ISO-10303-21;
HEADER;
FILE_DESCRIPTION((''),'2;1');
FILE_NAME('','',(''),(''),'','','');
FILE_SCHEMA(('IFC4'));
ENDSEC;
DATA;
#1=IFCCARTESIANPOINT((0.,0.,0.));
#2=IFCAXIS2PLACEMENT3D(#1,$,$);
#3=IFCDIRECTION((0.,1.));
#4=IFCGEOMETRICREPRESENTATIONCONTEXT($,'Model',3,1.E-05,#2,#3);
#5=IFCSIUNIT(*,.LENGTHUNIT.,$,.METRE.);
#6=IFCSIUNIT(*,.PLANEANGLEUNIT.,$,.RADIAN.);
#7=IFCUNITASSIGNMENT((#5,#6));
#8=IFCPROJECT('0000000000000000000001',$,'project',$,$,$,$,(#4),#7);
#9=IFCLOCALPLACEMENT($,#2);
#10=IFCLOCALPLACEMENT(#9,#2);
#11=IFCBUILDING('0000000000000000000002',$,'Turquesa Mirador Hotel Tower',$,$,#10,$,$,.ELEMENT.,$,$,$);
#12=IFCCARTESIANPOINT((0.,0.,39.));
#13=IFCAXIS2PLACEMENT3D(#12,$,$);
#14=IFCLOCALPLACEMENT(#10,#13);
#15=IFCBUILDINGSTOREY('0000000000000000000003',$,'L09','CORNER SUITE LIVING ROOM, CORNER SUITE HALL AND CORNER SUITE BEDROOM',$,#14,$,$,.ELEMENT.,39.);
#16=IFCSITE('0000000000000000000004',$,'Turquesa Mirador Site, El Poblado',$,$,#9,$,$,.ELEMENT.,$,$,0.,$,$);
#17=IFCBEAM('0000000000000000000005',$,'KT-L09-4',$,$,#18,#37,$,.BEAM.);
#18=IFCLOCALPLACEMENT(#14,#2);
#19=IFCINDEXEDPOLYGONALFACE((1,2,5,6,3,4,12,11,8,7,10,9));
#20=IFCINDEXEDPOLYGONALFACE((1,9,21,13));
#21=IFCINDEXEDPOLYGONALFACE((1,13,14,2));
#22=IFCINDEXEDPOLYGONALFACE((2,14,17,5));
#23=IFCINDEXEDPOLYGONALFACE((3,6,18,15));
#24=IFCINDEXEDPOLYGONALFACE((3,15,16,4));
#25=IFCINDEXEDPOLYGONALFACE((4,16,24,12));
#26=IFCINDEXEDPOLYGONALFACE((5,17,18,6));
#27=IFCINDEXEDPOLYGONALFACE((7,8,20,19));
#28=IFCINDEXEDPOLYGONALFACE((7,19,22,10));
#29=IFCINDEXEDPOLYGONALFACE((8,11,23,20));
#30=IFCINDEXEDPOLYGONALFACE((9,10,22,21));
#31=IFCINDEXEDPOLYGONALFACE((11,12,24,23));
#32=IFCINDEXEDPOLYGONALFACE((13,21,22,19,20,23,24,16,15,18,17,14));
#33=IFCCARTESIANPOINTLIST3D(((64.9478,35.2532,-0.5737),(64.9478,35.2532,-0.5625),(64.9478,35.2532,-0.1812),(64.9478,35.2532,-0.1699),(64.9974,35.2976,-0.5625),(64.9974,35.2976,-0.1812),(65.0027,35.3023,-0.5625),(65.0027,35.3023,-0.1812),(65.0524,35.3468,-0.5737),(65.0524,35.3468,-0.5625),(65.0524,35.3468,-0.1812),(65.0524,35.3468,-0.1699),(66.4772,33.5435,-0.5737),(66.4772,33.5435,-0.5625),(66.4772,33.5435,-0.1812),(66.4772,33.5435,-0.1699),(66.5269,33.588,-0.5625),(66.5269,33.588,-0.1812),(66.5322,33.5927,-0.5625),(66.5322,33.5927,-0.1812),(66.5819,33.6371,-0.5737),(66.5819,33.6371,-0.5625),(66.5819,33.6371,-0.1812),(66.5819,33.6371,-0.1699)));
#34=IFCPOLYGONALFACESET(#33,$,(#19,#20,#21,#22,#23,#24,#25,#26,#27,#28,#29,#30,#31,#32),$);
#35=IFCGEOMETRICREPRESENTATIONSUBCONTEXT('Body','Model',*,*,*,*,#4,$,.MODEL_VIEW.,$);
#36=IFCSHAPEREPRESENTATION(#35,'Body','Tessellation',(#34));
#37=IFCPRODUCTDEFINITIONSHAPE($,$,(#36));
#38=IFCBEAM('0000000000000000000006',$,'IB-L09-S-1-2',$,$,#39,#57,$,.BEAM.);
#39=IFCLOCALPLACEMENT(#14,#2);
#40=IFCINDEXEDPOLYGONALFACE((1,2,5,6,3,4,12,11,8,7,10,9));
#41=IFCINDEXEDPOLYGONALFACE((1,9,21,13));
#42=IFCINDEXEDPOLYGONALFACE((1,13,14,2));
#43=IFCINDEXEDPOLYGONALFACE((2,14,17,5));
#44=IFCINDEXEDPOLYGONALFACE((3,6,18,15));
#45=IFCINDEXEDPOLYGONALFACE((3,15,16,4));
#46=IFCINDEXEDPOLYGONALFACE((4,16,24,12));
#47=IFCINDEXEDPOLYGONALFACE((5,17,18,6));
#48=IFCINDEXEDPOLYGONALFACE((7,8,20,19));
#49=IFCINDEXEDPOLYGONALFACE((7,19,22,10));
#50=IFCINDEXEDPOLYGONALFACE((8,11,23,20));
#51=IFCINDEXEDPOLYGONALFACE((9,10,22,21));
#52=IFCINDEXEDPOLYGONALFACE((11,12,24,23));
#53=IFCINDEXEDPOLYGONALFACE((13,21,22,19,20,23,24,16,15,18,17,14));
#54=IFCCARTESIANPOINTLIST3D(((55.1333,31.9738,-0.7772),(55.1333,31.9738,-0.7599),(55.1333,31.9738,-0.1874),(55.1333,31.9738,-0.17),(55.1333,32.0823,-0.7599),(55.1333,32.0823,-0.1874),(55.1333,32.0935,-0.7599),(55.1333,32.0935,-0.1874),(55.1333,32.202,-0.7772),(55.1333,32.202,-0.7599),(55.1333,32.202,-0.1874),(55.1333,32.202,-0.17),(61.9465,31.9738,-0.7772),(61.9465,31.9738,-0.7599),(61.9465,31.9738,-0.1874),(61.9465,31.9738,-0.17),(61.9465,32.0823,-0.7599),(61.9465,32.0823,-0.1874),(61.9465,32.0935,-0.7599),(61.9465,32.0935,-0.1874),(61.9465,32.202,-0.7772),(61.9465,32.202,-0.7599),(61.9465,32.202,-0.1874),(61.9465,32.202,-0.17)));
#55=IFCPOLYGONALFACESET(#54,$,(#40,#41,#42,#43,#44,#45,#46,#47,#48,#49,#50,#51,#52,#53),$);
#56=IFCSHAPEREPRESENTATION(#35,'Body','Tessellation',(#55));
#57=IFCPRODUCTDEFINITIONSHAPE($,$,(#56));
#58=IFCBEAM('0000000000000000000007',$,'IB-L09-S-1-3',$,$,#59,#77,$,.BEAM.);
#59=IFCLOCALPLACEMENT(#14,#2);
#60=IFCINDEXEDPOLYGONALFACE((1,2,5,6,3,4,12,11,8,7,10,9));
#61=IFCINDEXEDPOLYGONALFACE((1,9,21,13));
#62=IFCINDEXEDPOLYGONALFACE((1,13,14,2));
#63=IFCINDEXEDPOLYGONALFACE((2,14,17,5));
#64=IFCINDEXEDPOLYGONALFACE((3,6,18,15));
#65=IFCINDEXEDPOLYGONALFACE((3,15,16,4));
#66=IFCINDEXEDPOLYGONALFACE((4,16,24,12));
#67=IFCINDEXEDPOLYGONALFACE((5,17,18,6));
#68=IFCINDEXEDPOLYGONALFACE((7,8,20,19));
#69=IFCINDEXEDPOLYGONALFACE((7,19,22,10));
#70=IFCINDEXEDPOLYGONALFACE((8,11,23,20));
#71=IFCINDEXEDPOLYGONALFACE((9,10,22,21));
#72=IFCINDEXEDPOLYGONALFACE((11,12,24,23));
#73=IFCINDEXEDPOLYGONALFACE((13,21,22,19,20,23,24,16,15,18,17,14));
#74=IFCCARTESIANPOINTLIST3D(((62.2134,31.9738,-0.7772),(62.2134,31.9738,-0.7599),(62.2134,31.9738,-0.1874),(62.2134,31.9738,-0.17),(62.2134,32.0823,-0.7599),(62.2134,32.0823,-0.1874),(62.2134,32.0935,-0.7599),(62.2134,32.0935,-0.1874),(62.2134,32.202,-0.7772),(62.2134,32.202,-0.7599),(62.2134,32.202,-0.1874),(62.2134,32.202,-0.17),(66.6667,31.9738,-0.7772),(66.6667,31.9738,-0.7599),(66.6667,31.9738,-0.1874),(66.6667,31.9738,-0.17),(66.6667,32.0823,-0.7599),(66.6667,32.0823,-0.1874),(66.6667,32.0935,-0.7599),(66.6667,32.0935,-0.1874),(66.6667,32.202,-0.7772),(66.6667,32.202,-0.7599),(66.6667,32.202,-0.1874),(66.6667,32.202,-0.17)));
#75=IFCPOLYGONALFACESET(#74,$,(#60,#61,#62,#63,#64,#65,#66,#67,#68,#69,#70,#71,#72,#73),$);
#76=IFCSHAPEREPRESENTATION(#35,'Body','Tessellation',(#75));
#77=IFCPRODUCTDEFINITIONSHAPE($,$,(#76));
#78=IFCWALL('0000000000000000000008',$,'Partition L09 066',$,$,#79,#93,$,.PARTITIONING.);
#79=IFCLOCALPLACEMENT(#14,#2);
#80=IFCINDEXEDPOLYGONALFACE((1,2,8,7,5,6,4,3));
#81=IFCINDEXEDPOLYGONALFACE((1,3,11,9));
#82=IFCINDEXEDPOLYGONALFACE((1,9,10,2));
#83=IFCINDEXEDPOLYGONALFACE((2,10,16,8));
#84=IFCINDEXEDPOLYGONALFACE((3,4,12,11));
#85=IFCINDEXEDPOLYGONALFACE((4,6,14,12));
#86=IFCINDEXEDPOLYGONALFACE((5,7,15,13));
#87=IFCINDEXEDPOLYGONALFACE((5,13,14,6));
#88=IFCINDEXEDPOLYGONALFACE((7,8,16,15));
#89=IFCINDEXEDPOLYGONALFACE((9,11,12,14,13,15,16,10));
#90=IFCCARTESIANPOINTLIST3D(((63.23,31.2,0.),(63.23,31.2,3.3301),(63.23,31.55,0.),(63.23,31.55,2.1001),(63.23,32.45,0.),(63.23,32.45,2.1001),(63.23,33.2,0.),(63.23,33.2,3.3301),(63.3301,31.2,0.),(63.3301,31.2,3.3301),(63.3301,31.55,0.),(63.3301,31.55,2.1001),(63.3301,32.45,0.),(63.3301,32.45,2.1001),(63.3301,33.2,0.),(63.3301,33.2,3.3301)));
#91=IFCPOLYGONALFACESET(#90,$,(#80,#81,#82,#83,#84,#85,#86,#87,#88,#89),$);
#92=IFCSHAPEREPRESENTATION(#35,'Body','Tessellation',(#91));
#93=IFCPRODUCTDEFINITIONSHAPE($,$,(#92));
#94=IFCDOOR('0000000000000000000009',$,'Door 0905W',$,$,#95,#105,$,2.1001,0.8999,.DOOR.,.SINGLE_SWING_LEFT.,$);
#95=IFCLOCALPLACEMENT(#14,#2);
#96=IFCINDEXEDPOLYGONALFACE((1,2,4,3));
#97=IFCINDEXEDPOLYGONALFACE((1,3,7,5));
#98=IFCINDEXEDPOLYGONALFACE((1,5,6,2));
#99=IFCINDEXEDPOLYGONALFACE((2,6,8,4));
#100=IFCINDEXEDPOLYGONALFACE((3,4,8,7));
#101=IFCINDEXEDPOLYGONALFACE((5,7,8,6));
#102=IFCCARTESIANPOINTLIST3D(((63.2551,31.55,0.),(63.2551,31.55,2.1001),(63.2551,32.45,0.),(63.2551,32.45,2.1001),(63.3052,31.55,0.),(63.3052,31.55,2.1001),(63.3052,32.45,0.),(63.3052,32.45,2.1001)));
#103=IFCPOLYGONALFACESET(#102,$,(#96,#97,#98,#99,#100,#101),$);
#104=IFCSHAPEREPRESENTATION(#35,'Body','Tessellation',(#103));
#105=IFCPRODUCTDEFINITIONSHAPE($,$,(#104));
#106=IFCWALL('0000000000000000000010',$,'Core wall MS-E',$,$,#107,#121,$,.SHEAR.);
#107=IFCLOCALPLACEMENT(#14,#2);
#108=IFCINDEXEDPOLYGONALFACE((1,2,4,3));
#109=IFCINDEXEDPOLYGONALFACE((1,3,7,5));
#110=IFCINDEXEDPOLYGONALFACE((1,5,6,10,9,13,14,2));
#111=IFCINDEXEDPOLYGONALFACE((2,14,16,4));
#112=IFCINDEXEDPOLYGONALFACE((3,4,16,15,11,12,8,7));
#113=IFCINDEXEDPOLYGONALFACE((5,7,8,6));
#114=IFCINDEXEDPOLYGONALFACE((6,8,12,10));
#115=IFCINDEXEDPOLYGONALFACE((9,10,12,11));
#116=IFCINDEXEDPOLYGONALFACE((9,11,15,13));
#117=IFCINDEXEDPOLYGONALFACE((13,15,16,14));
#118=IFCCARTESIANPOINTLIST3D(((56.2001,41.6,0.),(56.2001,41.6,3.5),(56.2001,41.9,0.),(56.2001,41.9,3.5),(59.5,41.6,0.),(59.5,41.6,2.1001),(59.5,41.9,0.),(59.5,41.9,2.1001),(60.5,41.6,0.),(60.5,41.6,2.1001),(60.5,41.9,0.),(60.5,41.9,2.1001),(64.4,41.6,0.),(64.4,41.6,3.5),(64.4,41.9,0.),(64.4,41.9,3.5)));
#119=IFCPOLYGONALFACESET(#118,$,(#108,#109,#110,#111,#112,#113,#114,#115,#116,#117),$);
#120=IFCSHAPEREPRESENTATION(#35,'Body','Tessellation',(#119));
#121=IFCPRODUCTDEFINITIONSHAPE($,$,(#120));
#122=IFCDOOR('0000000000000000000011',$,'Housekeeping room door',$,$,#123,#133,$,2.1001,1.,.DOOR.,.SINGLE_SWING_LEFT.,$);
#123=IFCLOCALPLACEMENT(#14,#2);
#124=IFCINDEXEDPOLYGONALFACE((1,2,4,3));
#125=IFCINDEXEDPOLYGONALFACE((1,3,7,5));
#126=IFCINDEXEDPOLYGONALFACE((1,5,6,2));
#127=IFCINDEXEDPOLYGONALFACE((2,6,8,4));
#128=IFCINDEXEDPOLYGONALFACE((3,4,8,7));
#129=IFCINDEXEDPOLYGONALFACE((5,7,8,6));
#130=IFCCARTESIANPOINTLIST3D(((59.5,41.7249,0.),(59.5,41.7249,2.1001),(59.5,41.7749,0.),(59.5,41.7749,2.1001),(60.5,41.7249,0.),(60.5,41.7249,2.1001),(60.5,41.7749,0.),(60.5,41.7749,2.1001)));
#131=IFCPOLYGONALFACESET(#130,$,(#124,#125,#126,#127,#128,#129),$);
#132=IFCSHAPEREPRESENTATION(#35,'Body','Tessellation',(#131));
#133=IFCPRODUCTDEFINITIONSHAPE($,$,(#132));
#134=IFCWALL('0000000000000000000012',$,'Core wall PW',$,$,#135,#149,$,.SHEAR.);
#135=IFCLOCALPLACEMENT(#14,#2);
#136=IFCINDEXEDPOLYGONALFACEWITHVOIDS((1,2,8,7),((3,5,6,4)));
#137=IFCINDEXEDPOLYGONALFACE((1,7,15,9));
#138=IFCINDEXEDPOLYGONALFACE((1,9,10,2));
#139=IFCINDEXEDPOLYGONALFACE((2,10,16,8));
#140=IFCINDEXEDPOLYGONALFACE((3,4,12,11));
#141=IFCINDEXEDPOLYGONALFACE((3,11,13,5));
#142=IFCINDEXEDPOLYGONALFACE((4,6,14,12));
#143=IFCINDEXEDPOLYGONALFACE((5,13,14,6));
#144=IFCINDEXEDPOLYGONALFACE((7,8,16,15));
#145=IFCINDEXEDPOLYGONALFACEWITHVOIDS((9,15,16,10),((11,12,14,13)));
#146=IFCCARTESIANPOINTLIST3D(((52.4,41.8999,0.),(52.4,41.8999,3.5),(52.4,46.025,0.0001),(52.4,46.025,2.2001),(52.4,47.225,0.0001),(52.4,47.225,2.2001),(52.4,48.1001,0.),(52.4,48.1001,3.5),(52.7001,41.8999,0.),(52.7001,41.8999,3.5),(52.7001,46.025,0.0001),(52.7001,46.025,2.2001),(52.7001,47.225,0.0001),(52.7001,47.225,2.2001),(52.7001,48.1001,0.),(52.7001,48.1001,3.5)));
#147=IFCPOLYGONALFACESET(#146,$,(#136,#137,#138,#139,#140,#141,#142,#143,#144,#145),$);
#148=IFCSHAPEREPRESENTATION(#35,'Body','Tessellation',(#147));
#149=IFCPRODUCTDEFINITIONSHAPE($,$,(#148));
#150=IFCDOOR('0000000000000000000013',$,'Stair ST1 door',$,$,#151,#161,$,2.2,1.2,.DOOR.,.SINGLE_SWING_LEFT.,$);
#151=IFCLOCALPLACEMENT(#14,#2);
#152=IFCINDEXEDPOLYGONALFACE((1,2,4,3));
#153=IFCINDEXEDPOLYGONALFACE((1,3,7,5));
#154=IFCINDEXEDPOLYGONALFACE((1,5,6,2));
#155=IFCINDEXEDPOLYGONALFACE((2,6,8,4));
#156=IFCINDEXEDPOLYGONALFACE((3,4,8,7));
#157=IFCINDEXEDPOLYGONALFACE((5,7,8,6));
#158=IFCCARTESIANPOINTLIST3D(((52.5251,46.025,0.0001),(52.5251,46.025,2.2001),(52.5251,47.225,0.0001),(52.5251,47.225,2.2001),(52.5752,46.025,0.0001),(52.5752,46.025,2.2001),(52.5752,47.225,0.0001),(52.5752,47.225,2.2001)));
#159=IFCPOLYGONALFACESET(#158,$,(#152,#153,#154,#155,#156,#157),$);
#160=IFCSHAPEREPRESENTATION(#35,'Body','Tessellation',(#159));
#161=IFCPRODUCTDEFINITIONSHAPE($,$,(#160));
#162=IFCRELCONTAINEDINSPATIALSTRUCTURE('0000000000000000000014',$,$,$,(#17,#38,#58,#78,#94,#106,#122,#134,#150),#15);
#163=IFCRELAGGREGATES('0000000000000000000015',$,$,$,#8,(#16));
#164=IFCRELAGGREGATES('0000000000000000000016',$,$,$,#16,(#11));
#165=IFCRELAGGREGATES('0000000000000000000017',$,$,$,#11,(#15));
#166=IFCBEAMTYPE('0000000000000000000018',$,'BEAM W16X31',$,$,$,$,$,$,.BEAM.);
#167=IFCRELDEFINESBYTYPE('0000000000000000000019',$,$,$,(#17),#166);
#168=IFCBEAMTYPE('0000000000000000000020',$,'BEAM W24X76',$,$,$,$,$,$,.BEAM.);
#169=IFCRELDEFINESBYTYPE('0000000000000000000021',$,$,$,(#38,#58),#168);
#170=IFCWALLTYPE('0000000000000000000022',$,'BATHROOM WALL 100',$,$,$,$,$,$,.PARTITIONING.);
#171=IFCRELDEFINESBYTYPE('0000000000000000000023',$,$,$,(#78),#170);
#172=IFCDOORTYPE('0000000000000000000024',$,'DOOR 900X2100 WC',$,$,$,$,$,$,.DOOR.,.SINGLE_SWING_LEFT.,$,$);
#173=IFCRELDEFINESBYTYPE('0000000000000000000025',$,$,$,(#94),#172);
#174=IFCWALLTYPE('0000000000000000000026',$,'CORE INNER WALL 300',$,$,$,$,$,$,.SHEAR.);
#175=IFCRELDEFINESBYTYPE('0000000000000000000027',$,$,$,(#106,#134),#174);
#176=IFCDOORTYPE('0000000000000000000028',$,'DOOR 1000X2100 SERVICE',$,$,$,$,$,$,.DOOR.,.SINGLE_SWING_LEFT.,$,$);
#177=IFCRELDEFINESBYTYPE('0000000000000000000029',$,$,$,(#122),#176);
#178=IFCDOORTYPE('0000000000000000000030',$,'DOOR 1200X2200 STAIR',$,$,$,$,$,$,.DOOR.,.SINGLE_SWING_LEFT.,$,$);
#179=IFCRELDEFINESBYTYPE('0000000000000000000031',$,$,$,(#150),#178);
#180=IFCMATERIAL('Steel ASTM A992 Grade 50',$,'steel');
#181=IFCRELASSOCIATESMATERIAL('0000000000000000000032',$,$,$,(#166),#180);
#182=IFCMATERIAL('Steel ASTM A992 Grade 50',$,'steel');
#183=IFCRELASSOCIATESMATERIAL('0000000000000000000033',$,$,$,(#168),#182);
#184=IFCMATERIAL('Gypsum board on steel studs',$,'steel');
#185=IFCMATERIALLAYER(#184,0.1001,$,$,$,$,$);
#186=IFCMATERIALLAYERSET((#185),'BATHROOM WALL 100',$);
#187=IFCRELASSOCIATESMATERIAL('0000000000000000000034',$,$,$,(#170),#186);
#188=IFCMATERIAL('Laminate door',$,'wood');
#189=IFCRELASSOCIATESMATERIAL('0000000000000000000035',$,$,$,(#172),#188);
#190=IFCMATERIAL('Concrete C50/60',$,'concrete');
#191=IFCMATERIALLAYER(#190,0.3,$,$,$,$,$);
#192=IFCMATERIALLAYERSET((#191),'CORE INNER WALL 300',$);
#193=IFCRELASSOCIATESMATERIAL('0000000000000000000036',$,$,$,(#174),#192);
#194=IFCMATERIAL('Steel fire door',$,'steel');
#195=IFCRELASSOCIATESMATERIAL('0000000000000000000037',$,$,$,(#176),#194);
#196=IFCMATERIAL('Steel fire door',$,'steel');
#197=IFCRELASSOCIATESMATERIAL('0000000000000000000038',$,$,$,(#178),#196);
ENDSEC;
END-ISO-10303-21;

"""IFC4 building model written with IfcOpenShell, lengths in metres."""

from ifc_helpers import new_model, si_unit, direction, frame, frame_2d, origin, origin_2d, place, context, subcontext, project, spatial, rectangle, i_section, extrude, material, layer, layer_set, material_profile, profile_set, type_object, element, fill, save


model = new_model("IFC4")

# Units and contexts
model_context = context("Model", 3, precision=1e-05, world=origin(), true_north=direction((0.0, 1.0)))
body_context = subcontext(model_context, "Body", "Model", "MODEL_VIEW")
ifc_project = project(units=[si_unit("LENGTHUNIT", "METRE"), si_unit("PLANEANGLEUNIT", "RADIAN")], contexts=[model_context])

# Site, building, storey
site_placement = place(None, origin())
site = spatial("IfcSite", under=ifc_project, at=site_placement, Name="Turquesa Mirador Site, El Poblado", CompositionType="ELEMENT", RefElevation=0.0)
building_placement = place(site_placement, origin())
building = spatial("IfcBuilding", under=site, at=building_placement, Name="Turquesa Mirador Hotel Tower", CompositionType="ELEMENT")
storey_placement = place(building_placement, frame((0.0, 0.0, 39.0)))
storey = spatial("IfcBuildingStorey", under=building, at=storey_placement, Name="L09", Description="CORNER SUITE LIVING ROOM, CORNER SUITE HALL AND CORNER SUITE BEDROOM", CompositionType="ELEMENT", Elevation=39.0)

# Beams
ifc_material_1 = material(Name="Steel ASTM A992 Grade 50", Category="steel")
ifc_material_profile_1 = material_profile(ifc_material_1, i_section(OverallWidth=0.1404, OverallDepth=0.4038, WebThickness=0.0071, FlangeThickness=0.0112, at=origin_2d()), Name="W16X31")
ifc_profile_set_1 = profile_set([ifc_material_profile_1], Name="Steel ASTM A992 Grade 50")
beam_type_1 = type_object("IfcBeamType", Name="BEAM W16X31", PredefinedType="BEAM", material=ifc_profile_set_1)
beam_1_placement = place(storey_placement, frame((66.5295, 33.5903, -0.3718), z_axis=(-0.666745, 0.745286, 0.0), x_axis=(-0.745286, -0.666745, 0.0)))
element("IfcBeam", 1, at=beam_1_placement, inside=storey, type_object=beam_type_1, Name="KT-L09-4", PredefinedType="BEAM", context=body_context, shape_type="SweptSolid", body=[
    extrude(i_section(OverallWidth=0.1404, OverallDepth=0.4038, WebThickness=0.0071, FlangeThickness=0.0112, at=origin_2d()), origin(), (0.0, 0.0, 1.0), 2.2939),
])
ifc_material_2 = material(Name="Steel ASTM A992 Grade 50", Category="steel")
ifc_material_profile_2 = material_profile(ifc_material_2, i_section(OverallWidth=0.2283, OverallDepth=0.6072, WebThickness=0.0112, FlangeThickness=0.0173, at=origin_2d()), Name="W24X76")
ifc_profile_set_2 = profile_set([ifc_material_profile_2], Name="Steel ASTM A992 Grade 50")
beam_type_2 = type_object("IfcBeamType", Name="BEAM W24X76", PredefinedType="BEAM", material=ifc_profile_set_2)
beam_2_placement = place(storey_placement, frame((55.1333, 32.0879, -0.4736), z_axis=(1.0, 0.0, 0.0), x_axis=(0.0, 1.0, 0.0)))
element("IfcBeam", 2, at=beam_2_placement, inside=storey, type_object=beam_type_2, Name="IB-L09-S-1-2", PredefinedType="BEAM", context=body_context, shape_type="SweptSolid", body=[
    extrude(i_section(OverallWidth=0.2283, OverallDepth=0.6072, WebThickness=0.0112, FlangeThickness=0.0173, at=origin_2d()), origin(), (0.0, 0.0, 1.0), 6.8132),
])
beam_3_placement = place(storey_placement, frame((62.2134, 32.0879, -0.4736), z_axis=(1.0, 0.0, 0.0), x_axis=(0.0, 1.0, 0.0)))
element("IfcBeam", 3, at=beam_3_placement, inside=storey, type_object=beam_type_2, Name="IB-L09-S-1-3", PredefinedType="BEAM", context=body_context, shape_type="SweptSolid", body=[
    extrude(i_section(OverallWidth=0.2283, OverallDepth=0.6072, WebThickness=0.0112, FlangeThickness=0.0173, at=origin_2d()), origin(), (0.0, 0.0, 1.0), 4.4534),
])

# Walls, openings, doors
ifc_material_3 = material(Name="Gypsum board on steel studs", Category="steel")
ifc_layer_1 = layer(ifc_material_3, 0.1001)
ifc_layer_set_1 = layer_set([ifc_layer_1], Name="BATHROOM WALL 100")
wall_type_1 = type_object("IfcWallType", Name="BATHROOM WALL 100", PredefinedType="PARTITIONING", material=ifc_layer_set_1)
wall_1_placement = place(storey_placement, frame((63.28, 31.2, 0.0), z_axis=(0.0, 0.0, 1.0), x_axis=(0.0, 1.0, 0.0)))
wall_1 = element("IfcWall", 4, at=wall_1_placement, inside=storey, type_object=wall_type_1, Name="Partition L09 066", PredefinedType="PARTITIONING", context=body_context, shape_type="SweptSolid", body=[
    extrude(rectangle(XDim=2.0, YDim=0.1001, at=frame_2d((1.0, 0.0))), origin(), (0.0, 0.0, 1.0), 3.3301),
])
opening_1_placement = place(wall_1_placement, frame((0.3501, 0.0, 0.0)))
opening_1 = element("IfcOpeningElement", 5, at=opening_1_placement, cuts=wall_1, PredefinedType="OPENING", context=body_context, shape_type="SweptSolid", body=[
    extrude(rectangle(XDim=0.8999, YDim=2.1001, at=frame_2d((0.45, 1.05))), frame((0.0, 0.0601, 0.0), z_axis=(0.0, -1.0, 0.0), x_axis=(1.0, 0.0, 0.0)), (0.0, 0.0, 1.0), 0.1201),
])
ifc_material_4 = material(Name="Laminate door", Category="wood")
door_type_1 = type_object("IfcDoorType", Name="DOOR 900X2100 WC", OperationType="SINGLE_SWING_LEFT", PredefinedType="DOOR", material=ifc_material_4)
door_1_placement = place(opening_1_placement, origin())
door_1 = element("IfcDoor", 6, at=door_1_placement, inside=storey, type_object=door_type_1, Name="Door 0905W", OperationType="SINGLE_SWING_LEFT", OverallHeight=2.1001, OverallWidth=0.8999, PredefinedType="DOOR", context=body_context, shape_type="SweptSolid", body=[
    extrude(rectangle(XDim=0.8999, YDim=2.1001, at=frame_2d((0.45, 1.05))), frame((0.0, 0.0249, 0.0), z_axis=(0.0, -1.0, 0.0), x_axis=(1.0, 0.0, 0.0)), (0.0, 0.0, 1.0), 0.05),
])
fill(opening_1, door_1)
ifc_material_5 = material(Name="Concrete C50/60", Category="concrete")
ifc_layer_2 = layer(ifc_material_5, 0.3)
ifc_layer_set_2 = layer_set([ifc_layer_2], Name="CORE INNER WALL 300")
wall_type_2 = type_object("IfcWallType", Name="CORE INNER WALL 300", PredefinedType="SHEAR", material=ifc_layer_set_2)
wall_2_placement = place(storey_placement, frame((56.2, 41.75, 0.0), z_axis=(0.0, 0.0, 1.0), x_axis=(1.0, 0.0, 0.0)))
wall_2 = element("IfcWall", 7, at=wall_2_placement, inside=storey, type_object=wall_type_2, Name="Core wall MS-E", PredefinedType="SHEAR", context=body_context, shape_type="SweptSolid", body=[
    extrude(rectangle(XDim=8.2, YDim=0.3, at=frame_2d((4.1001, 0.0))), origin(), (0.0, 0.0, 1.0), 3.5),
])
opening_2_placement = place(wall_2_placement, frame((3.3, 0.0, 0.0)))
opening_2 = element("IfcOpeningElement", 8, at=opening_2_placement, cuts=wall_2, PredefinedType="OPENING", context=body_context, shape_type="SweptSolid", body=[
    extrude(rectangle(XDim=1.0, YDim=2.1001, at=frame_2d((0.5, 1.05))), frame((0.0, 0.1599, 0.0), z_axis=(0.0, -1.0, 0.0), x_axis=(1.0, 0.0, 0.0)), (0.0, 0.0, 1.0), 0.3201),
])
ifc_material_6 = material(Name="Steel fire door", Category="steel")
door_type_2 = type_object("IfcDoorType", Name="DOOR 1000X2100 SERVICE", OperationType="SINGLE_SWING_LEFT", PredefinedType="DOOR", material=ifc_material_6)
door_2_placement = place(opening_2_placement, origin())
door_2 = element("IfcDoor", 9, at=door_2_placement, inside=storey, type_object=door_type_2, Name="Housekeeping room door", OperationType="SINGLE_SWING_LEFT", OverallHeight=2.1001, OverallWidth=1.0, PredefinedType="DOOR", context=body_context, shape_type="SweptSolid", body=[
    extrude(rectangle(XDim=1.0, YDim=2.1001, at=frame_2d((0.5, 1.05))), frame((0.0, 0.0249, 0.0), z_axis=(0.0, -1.0, 0.0), x_axis=(1.0, 0.0, 0.0)), (0.0, 0.0, 1.0), 0.05),
])
fill(opening_2, door_2)
wall_3_placement = place(storey_placement, frame((52.55, 41.8999, 0.0), z_axis=(0.0, 0.0, 1.0), x_axis=(0.0, 1.0, 0.0)))
wall_3 = element("IfcWall", 10, at=wall_3_placement, inside=storey, type_object=wall_type_2, Name="Core wall PW", PredefinedType="SHEAR", context=body_context, shape_type="SweptSolid", body=[
    extrude(rectangle(XDim=6.2002, YDim=0.3, at=frame_2d((3.1001, 0.0))), origin(), (0.0, 0.0, 1.0), 3.5),
])
opening_3_placement = place(wall_3_placement, frame((4.125, 0.0, 0.0)))
opening_3 = element("IfcOpeningElement", 11, at=opening_3_placement, cuts=wall_3, PredefinedType="OPENING", context=body_context, shape_type="SweptSolid", body=[
    extrude(rectangle(XDim=1.2, YDim=2.2, at=frame_2d((0.6001, 1.1001))), frame((0.0, 0.1599, 0.0), z_axis=(0.0, -1.0, 0.0), x_axis=(1.0, 0.0, 0.0)), (0.0, 0.0, 1.0), 0.3201),
])
ifc_material_7 = material(Name="Steel fire door", Category="steel")
door_type_3 = type_object("IfcDoorType", Name="DOOR 1200X2200 STAIR", OperationType="SINGLE_SWING_LEFT", PredefinedType="DOOR", material=ifc_material_7)
door_3_placement = place(opening_3_placement, origin())
door_3 = element("IfcDoor", 12, at=door_3_placement, inside=storey, type_object=door_type_3, Name="Stair ST1 door", OperationType="SINGLE_SWING_LEFT", OverallHeight=2.2, OverallWidth=1.2, PredefinedType="DOOR", context=body_context, shape_type="SweptSolid", body=[
    extrude(rectangle(XDim=1.2, YDim=2.2, at=frame_2d((0.6001, 1.1001))), frame((0.0, 0.0249, 0.0), z_axis=(0.0, -1.0, 0.0), x_axis=(1.0, 0.0, 0.0)), (0.0, 0.0, 1.0), 0.05),
])
fill(opening_3, door_3)

save(model, "model.ifc")
